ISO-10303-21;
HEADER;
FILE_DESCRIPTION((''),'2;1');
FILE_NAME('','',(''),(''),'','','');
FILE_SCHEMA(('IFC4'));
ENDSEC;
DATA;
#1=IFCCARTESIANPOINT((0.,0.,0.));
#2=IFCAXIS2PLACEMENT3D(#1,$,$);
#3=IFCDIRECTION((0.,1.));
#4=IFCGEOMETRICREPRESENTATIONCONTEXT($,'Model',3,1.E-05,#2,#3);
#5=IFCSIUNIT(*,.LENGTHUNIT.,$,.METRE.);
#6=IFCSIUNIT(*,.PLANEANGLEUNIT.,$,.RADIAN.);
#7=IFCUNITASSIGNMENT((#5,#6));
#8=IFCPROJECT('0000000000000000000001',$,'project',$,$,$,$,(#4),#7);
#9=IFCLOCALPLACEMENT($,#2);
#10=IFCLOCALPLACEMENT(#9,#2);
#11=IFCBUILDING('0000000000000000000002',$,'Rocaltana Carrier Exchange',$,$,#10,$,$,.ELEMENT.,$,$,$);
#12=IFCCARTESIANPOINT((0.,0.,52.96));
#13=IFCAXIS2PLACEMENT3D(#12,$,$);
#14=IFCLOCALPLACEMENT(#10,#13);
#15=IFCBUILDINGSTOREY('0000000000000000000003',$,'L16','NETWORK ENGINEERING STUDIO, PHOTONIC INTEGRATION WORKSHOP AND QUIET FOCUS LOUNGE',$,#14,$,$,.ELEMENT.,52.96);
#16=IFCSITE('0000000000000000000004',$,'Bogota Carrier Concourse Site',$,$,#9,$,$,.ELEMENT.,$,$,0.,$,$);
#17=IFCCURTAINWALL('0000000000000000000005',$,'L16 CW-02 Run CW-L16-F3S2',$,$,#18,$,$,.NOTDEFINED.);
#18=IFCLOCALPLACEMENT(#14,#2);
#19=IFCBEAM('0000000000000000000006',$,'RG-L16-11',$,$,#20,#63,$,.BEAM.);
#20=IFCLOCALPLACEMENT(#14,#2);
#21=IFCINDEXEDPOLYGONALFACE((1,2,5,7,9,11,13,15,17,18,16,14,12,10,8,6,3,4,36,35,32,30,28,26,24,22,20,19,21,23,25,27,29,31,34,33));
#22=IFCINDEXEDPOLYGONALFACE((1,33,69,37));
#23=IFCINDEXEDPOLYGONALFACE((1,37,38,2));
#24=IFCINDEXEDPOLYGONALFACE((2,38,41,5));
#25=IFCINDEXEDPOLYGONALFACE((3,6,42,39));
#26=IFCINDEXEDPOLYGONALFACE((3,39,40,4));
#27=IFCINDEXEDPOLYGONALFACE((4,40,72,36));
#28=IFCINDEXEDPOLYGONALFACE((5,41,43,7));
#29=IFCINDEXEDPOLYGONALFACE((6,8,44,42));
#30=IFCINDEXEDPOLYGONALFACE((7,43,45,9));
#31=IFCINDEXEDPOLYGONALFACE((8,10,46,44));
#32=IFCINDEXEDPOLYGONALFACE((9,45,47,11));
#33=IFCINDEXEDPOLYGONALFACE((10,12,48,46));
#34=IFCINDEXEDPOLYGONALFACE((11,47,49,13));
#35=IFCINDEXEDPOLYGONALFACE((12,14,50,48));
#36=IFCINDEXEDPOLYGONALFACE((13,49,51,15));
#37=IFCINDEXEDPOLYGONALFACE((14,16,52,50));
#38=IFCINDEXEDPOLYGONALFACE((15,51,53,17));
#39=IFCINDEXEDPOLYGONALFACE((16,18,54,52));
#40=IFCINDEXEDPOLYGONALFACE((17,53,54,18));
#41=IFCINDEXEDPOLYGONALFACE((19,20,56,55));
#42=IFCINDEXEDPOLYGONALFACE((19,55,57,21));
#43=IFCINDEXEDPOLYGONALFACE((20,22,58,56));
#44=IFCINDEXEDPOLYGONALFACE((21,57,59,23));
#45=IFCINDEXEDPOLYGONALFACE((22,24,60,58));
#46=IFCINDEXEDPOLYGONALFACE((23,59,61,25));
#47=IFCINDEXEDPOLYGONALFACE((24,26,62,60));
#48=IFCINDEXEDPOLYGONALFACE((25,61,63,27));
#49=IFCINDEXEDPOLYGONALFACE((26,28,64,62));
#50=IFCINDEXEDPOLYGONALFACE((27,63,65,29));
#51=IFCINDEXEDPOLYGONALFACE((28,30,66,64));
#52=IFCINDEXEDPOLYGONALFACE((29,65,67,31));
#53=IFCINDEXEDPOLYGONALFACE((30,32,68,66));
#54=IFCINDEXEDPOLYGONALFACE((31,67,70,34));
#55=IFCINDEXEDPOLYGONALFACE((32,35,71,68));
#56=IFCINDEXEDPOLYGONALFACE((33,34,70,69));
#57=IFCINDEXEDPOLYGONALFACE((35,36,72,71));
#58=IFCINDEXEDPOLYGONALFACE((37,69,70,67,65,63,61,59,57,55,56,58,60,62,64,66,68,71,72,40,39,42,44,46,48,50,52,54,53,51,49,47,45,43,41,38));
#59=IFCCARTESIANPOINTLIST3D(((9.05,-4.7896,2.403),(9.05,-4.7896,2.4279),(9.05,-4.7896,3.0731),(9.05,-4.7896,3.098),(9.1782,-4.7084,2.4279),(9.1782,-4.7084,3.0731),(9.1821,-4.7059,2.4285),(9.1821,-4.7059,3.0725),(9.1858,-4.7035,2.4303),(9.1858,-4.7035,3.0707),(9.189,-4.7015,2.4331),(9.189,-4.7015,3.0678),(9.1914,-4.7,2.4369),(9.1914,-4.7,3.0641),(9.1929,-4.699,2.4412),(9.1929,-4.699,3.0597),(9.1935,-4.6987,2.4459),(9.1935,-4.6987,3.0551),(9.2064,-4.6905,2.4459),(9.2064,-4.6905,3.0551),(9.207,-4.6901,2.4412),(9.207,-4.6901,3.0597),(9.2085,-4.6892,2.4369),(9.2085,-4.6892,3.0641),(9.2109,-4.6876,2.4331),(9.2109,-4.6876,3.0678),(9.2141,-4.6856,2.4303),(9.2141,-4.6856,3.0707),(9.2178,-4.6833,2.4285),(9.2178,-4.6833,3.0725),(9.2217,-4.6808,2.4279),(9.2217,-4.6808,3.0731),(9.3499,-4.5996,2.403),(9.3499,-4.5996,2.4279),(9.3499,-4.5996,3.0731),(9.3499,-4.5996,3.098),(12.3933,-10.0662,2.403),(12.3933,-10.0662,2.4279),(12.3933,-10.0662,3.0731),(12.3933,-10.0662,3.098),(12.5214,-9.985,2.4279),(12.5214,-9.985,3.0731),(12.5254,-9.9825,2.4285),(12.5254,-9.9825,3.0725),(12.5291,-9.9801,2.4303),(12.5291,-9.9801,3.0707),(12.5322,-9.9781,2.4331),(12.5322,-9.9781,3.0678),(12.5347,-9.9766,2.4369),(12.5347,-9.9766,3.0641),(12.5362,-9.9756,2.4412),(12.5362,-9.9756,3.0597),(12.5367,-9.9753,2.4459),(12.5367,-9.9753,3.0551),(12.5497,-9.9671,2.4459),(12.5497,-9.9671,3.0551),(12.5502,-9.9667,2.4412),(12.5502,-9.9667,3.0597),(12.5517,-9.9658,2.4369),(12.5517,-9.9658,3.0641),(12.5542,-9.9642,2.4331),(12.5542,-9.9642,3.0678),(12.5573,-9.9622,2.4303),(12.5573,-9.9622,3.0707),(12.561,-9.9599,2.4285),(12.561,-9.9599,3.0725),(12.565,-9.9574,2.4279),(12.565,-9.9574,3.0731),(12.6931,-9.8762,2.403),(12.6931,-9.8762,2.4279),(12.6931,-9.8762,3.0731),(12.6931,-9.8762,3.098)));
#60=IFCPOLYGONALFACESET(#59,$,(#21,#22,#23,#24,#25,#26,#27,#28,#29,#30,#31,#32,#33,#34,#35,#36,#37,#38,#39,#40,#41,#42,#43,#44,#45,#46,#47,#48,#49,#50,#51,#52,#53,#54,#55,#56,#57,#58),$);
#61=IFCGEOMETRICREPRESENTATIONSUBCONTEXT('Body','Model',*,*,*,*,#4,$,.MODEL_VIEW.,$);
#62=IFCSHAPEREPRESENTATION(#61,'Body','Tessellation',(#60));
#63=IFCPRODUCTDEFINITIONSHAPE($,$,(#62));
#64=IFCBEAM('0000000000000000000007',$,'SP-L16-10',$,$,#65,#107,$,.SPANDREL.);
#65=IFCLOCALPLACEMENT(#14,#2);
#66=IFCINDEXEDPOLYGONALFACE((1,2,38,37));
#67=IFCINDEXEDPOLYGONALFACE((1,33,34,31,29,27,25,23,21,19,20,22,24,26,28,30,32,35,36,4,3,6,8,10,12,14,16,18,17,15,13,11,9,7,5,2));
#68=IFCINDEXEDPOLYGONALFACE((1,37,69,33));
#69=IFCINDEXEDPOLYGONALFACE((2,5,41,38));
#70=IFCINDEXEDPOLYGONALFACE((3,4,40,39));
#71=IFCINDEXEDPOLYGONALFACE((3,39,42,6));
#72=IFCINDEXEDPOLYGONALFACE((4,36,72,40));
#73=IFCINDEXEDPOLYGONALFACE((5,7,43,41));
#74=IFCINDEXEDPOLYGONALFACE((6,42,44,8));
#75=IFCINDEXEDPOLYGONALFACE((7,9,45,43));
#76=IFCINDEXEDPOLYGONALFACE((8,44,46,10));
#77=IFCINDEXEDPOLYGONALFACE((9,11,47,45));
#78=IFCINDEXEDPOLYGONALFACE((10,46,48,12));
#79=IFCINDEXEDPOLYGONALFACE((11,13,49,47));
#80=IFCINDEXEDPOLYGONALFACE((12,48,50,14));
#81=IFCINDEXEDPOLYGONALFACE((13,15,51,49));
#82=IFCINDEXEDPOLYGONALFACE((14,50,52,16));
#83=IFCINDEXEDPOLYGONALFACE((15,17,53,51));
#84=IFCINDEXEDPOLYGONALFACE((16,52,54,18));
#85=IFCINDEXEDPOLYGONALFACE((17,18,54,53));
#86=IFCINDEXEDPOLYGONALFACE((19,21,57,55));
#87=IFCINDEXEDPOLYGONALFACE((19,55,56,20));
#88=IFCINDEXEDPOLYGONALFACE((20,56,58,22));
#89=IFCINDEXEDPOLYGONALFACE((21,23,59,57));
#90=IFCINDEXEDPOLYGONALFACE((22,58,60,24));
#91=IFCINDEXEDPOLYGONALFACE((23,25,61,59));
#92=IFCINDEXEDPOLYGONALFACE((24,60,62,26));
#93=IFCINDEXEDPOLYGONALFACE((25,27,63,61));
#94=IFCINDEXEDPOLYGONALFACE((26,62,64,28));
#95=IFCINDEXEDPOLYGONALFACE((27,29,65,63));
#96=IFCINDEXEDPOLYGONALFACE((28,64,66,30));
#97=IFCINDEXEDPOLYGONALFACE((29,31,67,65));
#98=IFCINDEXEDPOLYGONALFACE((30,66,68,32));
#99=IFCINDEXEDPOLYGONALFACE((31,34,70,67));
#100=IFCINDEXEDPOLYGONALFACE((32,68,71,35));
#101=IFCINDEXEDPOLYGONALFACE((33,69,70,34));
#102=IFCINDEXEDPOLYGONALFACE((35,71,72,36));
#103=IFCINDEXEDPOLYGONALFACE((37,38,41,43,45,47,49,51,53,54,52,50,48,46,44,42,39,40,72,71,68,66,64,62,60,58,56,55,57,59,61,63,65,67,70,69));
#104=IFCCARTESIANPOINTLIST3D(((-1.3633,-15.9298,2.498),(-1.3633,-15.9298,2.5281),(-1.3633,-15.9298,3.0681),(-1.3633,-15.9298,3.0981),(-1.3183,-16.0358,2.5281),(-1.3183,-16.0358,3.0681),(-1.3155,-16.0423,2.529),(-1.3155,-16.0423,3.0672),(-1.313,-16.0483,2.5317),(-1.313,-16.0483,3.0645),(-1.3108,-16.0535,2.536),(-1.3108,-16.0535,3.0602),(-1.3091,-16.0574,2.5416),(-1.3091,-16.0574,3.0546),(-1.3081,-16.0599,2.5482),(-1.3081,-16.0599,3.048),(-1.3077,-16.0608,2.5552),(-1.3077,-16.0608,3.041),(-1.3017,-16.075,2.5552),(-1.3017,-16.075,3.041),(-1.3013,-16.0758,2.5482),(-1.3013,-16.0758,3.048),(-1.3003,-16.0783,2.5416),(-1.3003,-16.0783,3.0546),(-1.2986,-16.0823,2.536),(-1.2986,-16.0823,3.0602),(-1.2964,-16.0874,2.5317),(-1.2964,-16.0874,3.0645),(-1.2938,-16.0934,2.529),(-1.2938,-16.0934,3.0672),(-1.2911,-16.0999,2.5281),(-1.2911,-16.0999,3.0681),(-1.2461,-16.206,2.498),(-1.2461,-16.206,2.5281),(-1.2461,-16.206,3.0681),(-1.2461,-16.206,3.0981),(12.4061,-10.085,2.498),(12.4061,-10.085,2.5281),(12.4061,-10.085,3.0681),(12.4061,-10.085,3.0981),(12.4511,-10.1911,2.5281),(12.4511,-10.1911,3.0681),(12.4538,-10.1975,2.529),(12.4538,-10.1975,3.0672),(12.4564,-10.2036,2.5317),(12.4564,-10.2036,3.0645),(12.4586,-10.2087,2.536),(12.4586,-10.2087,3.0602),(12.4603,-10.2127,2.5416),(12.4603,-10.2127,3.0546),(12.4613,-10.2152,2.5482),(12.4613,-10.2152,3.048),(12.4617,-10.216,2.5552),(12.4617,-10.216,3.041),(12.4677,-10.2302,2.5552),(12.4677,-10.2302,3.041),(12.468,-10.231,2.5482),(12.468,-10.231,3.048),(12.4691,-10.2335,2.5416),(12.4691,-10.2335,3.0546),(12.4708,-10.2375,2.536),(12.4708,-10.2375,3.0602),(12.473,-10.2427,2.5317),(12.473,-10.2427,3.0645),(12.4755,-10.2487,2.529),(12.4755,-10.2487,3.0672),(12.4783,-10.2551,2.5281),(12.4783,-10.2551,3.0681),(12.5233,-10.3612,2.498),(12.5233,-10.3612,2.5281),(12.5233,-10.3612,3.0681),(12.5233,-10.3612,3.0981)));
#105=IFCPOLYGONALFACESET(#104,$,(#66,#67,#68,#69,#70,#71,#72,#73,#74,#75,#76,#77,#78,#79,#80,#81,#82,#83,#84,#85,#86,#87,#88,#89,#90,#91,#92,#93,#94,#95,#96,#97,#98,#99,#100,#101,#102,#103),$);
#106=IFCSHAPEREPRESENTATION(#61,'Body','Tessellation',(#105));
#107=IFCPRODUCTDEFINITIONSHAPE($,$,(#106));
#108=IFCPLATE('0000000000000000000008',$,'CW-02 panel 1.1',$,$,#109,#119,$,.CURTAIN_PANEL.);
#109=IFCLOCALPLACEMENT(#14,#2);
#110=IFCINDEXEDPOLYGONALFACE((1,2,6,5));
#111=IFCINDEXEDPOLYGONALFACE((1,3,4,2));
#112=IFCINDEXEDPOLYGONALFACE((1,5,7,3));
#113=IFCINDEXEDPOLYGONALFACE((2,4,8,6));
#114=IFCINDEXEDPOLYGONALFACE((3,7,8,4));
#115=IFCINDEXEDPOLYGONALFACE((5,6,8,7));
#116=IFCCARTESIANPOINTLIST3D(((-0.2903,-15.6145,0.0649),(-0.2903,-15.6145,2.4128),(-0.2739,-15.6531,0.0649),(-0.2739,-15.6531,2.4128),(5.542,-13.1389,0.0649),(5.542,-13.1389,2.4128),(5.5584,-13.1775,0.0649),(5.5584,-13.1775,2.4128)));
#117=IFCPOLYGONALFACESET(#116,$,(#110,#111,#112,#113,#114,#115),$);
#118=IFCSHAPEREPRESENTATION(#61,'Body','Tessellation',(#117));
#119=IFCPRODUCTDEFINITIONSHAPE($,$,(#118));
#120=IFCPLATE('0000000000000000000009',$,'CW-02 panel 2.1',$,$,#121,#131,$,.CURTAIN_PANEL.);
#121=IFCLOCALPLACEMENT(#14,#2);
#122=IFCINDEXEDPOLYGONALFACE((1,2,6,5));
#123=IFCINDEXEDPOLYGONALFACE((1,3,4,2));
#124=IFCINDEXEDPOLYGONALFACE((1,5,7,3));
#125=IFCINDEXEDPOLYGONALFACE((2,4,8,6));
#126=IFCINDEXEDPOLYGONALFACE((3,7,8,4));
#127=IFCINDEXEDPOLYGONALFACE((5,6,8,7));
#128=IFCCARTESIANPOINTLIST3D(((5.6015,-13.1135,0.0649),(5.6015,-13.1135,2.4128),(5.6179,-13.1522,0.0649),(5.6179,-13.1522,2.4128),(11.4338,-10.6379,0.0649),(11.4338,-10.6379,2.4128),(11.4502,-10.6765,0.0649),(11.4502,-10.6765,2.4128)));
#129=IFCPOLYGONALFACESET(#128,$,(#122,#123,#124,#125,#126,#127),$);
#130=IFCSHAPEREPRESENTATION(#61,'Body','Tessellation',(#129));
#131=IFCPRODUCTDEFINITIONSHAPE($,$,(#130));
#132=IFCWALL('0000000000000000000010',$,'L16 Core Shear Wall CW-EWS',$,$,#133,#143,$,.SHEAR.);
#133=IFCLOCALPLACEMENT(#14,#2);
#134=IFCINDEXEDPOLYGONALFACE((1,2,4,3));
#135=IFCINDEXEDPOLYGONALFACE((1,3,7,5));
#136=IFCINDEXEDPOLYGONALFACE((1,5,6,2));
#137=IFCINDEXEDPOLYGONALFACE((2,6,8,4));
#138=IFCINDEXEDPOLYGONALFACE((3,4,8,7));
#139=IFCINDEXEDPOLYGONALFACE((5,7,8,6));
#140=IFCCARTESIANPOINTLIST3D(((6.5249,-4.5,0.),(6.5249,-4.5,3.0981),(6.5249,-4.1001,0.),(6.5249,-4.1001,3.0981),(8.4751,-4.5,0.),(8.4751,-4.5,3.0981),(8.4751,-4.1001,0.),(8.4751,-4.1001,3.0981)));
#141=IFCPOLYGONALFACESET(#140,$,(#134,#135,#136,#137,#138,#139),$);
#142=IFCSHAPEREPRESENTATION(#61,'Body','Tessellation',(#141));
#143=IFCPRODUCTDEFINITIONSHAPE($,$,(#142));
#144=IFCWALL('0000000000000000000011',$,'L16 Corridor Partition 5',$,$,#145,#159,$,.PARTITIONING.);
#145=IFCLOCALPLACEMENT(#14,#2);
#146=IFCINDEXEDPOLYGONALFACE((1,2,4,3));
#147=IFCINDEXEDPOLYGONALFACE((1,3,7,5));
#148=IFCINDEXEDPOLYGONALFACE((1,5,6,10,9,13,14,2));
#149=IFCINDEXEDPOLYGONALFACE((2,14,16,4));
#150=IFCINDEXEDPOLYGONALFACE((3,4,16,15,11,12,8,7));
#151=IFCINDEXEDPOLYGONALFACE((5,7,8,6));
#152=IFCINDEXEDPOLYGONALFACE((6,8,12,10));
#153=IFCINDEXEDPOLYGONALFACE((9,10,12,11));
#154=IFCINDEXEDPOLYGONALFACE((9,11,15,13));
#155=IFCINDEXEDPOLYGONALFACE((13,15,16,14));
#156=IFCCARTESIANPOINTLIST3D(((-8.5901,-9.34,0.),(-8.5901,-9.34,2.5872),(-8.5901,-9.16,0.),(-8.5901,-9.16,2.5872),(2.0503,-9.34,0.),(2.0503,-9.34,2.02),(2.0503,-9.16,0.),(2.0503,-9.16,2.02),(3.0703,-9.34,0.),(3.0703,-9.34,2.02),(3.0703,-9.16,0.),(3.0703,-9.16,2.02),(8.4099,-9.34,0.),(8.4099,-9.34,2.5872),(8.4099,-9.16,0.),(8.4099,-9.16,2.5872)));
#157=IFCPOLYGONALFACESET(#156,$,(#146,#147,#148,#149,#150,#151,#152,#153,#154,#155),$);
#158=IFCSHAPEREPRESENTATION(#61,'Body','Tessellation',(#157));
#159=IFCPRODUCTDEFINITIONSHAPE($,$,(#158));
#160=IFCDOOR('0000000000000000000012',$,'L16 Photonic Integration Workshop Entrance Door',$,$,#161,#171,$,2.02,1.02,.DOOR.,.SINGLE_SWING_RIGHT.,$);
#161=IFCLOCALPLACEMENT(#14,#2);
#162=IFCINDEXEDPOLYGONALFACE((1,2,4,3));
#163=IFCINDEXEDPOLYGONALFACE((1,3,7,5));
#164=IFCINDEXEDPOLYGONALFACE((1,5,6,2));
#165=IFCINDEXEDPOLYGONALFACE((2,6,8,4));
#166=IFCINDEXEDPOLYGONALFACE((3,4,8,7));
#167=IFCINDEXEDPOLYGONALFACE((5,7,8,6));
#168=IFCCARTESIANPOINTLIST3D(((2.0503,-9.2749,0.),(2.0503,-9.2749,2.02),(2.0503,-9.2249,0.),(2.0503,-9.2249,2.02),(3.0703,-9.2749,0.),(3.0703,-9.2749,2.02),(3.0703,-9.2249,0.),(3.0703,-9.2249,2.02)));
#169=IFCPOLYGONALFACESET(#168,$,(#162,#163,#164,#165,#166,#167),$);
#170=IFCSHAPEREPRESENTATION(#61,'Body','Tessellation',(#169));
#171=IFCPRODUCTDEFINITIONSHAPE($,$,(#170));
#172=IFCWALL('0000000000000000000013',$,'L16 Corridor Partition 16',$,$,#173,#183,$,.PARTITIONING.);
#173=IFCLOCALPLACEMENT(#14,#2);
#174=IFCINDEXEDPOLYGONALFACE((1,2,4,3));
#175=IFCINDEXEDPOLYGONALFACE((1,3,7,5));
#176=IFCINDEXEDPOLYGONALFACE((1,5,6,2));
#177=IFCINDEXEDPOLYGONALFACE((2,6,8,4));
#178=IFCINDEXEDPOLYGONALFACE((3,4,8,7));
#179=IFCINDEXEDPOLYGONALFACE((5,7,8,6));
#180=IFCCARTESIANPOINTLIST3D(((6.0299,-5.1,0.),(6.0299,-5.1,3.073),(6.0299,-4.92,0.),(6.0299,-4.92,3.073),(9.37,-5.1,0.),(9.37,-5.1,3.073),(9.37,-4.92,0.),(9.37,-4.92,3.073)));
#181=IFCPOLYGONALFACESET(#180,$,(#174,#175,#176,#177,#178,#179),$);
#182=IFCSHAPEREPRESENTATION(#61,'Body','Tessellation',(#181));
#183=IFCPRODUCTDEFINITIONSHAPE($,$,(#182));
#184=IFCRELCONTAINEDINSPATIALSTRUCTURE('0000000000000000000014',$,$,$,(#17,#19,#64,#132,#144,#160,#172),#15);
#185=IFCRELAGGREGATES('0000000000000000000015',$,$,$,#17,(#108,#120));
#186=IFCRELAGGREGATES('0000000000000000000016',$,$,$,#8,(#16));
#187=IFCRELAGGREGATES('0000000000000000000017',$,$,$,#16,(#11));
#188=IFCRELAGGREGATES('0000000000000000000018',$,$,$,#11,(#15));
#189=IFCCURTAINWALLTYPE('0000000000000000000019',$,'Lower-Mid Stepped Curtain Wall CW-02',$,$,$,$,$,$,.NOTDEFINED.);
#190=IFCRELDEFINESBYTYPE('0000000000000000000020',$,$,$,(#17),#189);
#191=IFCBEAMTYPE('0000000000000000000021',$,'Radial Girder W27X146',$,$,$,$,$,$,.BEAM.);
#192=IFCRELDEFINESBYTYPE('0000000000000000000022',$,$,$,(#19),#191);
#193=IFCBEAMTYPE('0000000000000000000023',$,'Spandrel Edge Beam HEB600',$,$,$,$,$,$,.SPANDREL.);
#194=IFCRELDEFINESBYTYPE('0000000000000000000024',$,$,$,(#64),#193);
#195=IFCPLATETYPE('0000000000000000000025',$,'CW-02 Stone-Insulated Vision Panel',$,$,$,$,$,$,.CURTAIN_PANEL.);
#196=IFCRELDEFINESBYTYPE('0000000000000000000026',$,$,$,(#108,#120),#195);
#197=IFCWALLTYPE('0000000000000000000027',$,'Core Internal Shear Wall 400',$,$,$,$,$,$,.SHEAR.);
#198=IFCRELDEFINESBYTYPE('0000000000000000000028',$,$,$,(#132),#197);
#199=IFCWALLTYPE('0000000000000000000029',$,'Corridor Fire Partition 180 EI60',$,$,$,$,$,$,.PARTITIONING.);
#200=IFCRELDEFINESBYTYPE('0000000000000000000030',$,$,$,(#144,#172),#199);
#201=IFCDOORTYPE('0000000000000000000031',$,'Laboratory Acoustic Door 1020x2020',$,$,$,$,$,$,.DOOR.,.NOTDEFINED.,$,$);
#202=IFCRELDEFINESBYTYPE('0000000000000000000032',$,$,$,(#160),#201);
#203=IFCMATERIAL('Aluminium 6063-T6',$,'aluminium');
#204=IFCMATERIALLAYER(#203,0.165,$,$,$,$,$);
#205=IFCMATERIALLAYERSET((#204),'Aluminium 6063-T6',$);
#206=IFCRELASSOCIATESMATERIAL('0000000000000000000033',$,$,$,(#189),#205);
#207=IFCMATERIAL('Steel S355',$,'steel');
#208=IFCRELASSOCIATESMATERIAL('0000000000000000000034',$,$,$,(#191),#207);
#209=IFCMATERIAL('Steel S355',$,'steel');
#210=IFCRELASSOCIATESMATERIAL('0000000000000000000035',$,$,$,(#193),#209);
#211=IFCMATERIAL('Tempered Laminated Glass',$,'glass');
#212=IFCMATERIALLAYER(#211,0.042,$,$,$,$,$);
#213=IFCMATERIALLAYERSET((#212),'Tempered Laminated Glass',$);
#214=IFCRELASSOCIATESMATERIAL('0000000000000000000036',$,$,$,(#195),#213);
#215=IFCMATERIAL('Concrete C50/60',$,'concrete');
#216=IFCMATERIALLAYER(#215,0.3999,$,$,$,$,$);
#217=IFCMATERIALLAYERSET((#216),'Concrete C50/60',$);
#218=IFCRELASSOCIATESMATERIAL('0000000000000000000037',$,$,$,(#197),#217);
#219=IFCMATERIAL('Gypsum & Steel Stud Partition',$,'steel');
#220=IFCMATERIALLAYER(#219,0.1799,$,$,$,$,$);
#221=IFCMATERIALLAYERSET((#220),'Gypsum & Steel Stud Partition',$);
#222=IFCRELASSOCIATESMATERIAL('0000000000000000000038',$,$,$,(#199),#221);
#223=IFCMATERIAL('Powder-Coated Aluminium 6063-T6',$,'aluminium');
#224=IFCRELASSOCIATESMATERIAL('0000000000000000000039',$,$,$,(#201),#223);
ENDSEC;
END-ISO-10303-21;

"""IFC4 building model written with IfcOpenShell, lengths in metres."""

from ifc_helpers import new_model, si_unit, direction, frame, frame_2d, origin, origin_2d, place, context, subcontext, project, spatial, rectangle, i_section, extrude, material, layer, layer_set, material_profile, profile_set, type_object, element, fill, aggregate, save


model = new_model("IFC4")

# Units and contexts
model_context = context("Model", 3, precision=1e-05, world=origin(), true_north=direction((0.0, 1.0)))
body_context = subcontext(model_context, "Body", "Model", "MODEL_VIEW")
ifc_project = project(units=[si_unit("LENGTHUNIT", "METRE"), si_unit("PLANEANGLEUNIT", "RADIAN")], contexts=[model_context])

# Site, building, storey
site_placement = place(None, origin())
site = spatial("IfcSite", under=ifc_project, at=site_placement, Name="Bogota Carrier Concourse Site", CompositionType="ELEMENT", RefElevation=0.0)
building_placement = place(site_placement, origin())
building = spatial("IfcBuilding", under=site, at=building_placement, Name="Rocaltana Carrier Exchange", CompositionType="ELEMENT")
storey_placement = place(building_placement, frame((0.0, 0.0, 52.96)))
storey = spatial("IfcBuildingStorey", under=building, at=storey_placement, Name="L16", Description="NETWORK ENGINEERING STUDIO, PHOTONIC INTEGRATION WORKSHOP AND QUIET FOCUS LOUNGE", CompositionType="ELEMENT", Elevation=52.96)

# Curtain wall
ifc_material_1 = material(Name="Aluminium 6063-T6", Category="aluminium")
ifc_layer_1 = layer(ifc_material_1, 0.165)
ifc_layer_set_1 = layer_set([ifc_layer_1], Name="Aluminium 6063-T6")
curtain_wall_type = type_object("IfcCurtainWallType", Name="Lower-Mid Stepped Curtain Wall CW-02", PredefinedType="NOTDEFINED", material=ifc_layer_set_1)
curtain_wall_placement = place(storey_placement, origin())
curtain_wall = element("IfcCurtainWall", 1, at=curtain_wall_placement, inside=storey, type_object=curtain_wall_type, Name="L16 CW-02 Run CW-L16-F3S2", PredefinedType="NOTDEFINED")

# Beams
ifc_material_2 = material(Name="Steel S355", Category="steel")
ifc_material_profile_1 = material_profile(ifc_material_2, i_section(OverallWidth=0.355, OverallDepth=0.6951, WebThickness=0.0154, FlangeThickness=0.0249, FilletRadius=0.0181, at=origin_2d()), Name="W27X146")
ifc_profile_set_1 = profile_set([ifc_material_profile_1], Name="Steel S355")
beam_type_1 = type_object("IfcBeamType", Name="Radial Girder W27X146", PredefinedType="BEAM", material=ifc_profile_set_1)
beam_1_placement = place(storey_placement, frame((9.2, -4.6946, 2.7505), z_axis=(0.535213, -0.844717, 0.0), x_axis=(0.844717, 0.535213, 0.0)))
element("IfcBeam", 2, at=beam_1_placement, inside=storey, type_object=beam_type_1, Name="RG-L16-11", PredefinedType="BEAM", context=body_context, shape_type="SweptSolid", body=[
    extrude(i_section(OverallWidth=0.355, OverallDepth=0.6951, WebThickness=0.0154, FlangeThickness=0.0249, FilletRadius=0.0181, at=origin_2d()), origin(), (0.0, 0.0, 1.0), 6.2466),
])
ifc_material_3 = material(Name="Steel S355", Category="steel")
ifc_material_profile_2 = material_profile(ifc_material_3, i_section(OverallWidth=0.3, OverallDepth=0.6001, WebThickness=0.0154, FlangeThickness=0.03, FilletRadius=0.0271, at=origin_2d()), Name="HEB600")
ifc_profile_set_2 = profile_set([ifc_material_profile_2], Name="Steel S355")
beam_type_2 = type_object("IfcBeamType", Name="Spandrel Edge Beam HEB600", PredefinedType="SPANDREL", material=ifc_profile_set_2)
beam_2_placement = place(storey_placement, frame((-1.3047, -16.0679, 2.7981), z_axis=(0.920505, 0.390732, 0.0), x_axis=(-0.390732, 0.920505, 0.0)))
element("IfcBeam", 3, at=beam_2_placement, inside=storey, type_object=beam_type_2, Name="SP-L16-10", PredefinedType="SPANDREL", context=body_context, shape_type="SweptSolid", body=[
    extrude(i_section(OverallWidth=0.3, OverallDepth=0.6001, WebThickness=0.0154, FlangeThickness=0.03, FilletRadius=0.0271, at=origin_2d()), origin(), (0.0, 0.0, 1.0), 14.9585),
])

# Plates
ifc_material_4 = material(Name="Tempered Laminated Glass", Category="glass")
ifc_layer_2 = layer(ifc_material_4, 0.042)
ifc_layer_set_2 = layer_set([ifc_layer_2], Name="Tempered Laminated Glass")
plate_type = type_object("IfcPlateType", Name="CW-02 Stone-Insulated Vision Panel", PredefinedType="CURTAIN_PANEL", material=ifc_layer_set_2)
plate_1_placement = place(storey_placement, frame((2.634, -14.396, 0.0649), z_axis=(0.0, 0.0, 1.0), x_axis=(0.920506, 0.390729, 0.0)))
plate_1 = element("IfcPlate", 4, at=plate_1_placement, type_object=plate_type, Name="CW-02 panel 1.1", PredefinedType="CURTAIN_PANEL", context=body_context, shape_type="SweptSolid", body=[
    extrude(rectangle(XDim=6.3359, YDim=0.042, at=origin_2d()), origin(), (0.0, 0.0, 1.0), 2.3479),
])
plate_2_placement = place(storey_placement, frame((8.5259, -11.895, 0.0649), z_axis=(0.0, 0.0, 1.0), x_axis=(0.920506, 0.390729, 0.0)))
plate_2 = element("IfcPlate", 5, at=plate_2_placement, type_object=plate_type, Name="CW-02 panel 2.1", PredefinedType="CURTAIN_PANEL", context=body_context, shape_type="SweptSolid", body=[
    extrude(rectangle(XDim=6.3359, YDim=0.042, at=origin_2d()), origin(), (0.0, 0.0, 1.0), 2.3479),
])
aggregate(curtain_wall, [plate_1, plate_2])

# Wall
ifc_material_5 = material(Name="Concrete C50/60", Category="concrete")
ifc_layer_3 = layer(ifc_material_5, 0.3999)
ifc_layer_set_3 = layer_set([ifc_layer_3], Name="Concrete C50/60")
wall_type_1 = type_object("IfcWallType", Name="Core Internal Shear Wall 400", PredefinedType="SHEAR", material=ifc_layer_set_3)
wall_1_placement = place(storey_placement, frame((6.5249, -4.3, 0.0), z_axis=(0.0, 0.0, 1.0), x_axis=(1.0, 0.0, 0.0)))
element("IfcWall", 6, at=wall_1_placement, inside=storey, type_object=wall_type_1, Name="L16 Core Shear Wall CW-EWS", PredefinedType="SHEAR", context=body_context, shape_type="SweptSolid", body=[
    extrude(rectangle(XDim=1.9502, YDim=0.3999, at=frame_2d((0.9751, 0.0))), origin(), (0.0, 0.0, 1.0), 3.0981),
])

# Wall, opening, door
ifc_material_6 = material(Name="Gypsum & Steel Stud Partition", Category="steel")
ifc_layer_4 = layer(ifc_material_6, 0.1799)
ifc_layer_set_4 = layer_set([ifc_layer_4], Name="Gypsum & Steel Stud Partition")
wall_type_2 = type_object("IfcWallType", Name="Corridor Fire Partition 180 EI60", PredefinedType="PARTITIONING", material=ifc_layer_set_4)
wall_2_placement = place(storey_placement, frame((8.4099, -9.25, 0.0), z_axis=(0.0, 0.0, 1.0), x_axis=(-1.0, 0.0, 0.0)))
wall_2 = element("IfcWall", 7, at=wall_2_placement, inside=storey, type_object=wall_type_2, Name="L16 Corridor Partition 5", PredefinedType="PARTITIONING", context=body_context, shape_type="SweptSolid", body=[
    extrude(rectangle(XDim=17.0, YDim=0.1799, at=frame_2d((8.5, 0.0))), origin(), (0.0, 0.0, 1.0), 2.5872),
])
opening_1_placement = place(wall_2_placement, frame((5.3396, 0.0, 0.0)))
opening_1 = element("IfcOpeningElement", 8, at=opening_1_placement, cuts=wall_2, PredefinedType="OPENING", context=body_context, shape_type="SweptSolid", body=[
    extrude(rectangle(XDim=1.02, YDim=2.02, at=frame_2d((0.51, 1.01))), frame((0.0, 0.0999, 0.0), z_axis=(0.0, -1.0, 0.0), x_axis=(1.0, 0.0, 0.0)), (0.0, 0.0, 1.0), 0.2),
])
ifc_material_7 = material(Name="Powder-Coated Aluminium 6063-T6", Category="aluminium")
door_type_1 = type_object("IfcDoorType", Name="Laboratory Acoustic Door 1020x2020", OperationType="NOTDEFINED", PredefinedType="DOOR", material=ifc_material_7)
door_1_placement = place(opening_1_placement, origin())
door_1 = element("IfcDoor", 9, at=door_1_placement, inside=storey, type_object=door_type_1, Name="L16 Photonic Integration Workshop Entrance Door", OperationType="SINGLE_SWING_RIGHT", OverallHeight=2.02, OverallWidth=1.02, PredefinedType="DOOR", context=body_context, shape_type="SweptSolid", body=[
    extrude(rectangle(XDim=1.02, YDim=2.02, at=frame_2d((0.51, 1.01))), frame((0.0, 0.0249, 0.0), z_axis=(0.0, -1.0, 0.0), x_axis=(1.0, 0.0, 0.0)), (0.0, 0.0, 1.0), 0.05),
])
fill(opening_1, door_1)

# Wall
wall_3_placement = place(storey_placement, frame((6.03, -5.01, 0.0), z_axis=(0.0, 0.0, 1.0), x_axis=(1.0, 0.0, 0.0)))
element("IfcWall", 10, at=wall_3_placement, inside=storey, type_object=wall_type_2, Name="L16 Corridor Partition 16", PredefinedType="PARTITIONING", context=body_context, shape_type="SweptSolid", body=[
    extrude(rectangle(XDim=3.3401, YDim=0.1799, at=frame_2d((1.6699, 0.0))), origin(), (0.0, 0.0, 1.0), 3.073),
])

save(model, "model.ifc")
